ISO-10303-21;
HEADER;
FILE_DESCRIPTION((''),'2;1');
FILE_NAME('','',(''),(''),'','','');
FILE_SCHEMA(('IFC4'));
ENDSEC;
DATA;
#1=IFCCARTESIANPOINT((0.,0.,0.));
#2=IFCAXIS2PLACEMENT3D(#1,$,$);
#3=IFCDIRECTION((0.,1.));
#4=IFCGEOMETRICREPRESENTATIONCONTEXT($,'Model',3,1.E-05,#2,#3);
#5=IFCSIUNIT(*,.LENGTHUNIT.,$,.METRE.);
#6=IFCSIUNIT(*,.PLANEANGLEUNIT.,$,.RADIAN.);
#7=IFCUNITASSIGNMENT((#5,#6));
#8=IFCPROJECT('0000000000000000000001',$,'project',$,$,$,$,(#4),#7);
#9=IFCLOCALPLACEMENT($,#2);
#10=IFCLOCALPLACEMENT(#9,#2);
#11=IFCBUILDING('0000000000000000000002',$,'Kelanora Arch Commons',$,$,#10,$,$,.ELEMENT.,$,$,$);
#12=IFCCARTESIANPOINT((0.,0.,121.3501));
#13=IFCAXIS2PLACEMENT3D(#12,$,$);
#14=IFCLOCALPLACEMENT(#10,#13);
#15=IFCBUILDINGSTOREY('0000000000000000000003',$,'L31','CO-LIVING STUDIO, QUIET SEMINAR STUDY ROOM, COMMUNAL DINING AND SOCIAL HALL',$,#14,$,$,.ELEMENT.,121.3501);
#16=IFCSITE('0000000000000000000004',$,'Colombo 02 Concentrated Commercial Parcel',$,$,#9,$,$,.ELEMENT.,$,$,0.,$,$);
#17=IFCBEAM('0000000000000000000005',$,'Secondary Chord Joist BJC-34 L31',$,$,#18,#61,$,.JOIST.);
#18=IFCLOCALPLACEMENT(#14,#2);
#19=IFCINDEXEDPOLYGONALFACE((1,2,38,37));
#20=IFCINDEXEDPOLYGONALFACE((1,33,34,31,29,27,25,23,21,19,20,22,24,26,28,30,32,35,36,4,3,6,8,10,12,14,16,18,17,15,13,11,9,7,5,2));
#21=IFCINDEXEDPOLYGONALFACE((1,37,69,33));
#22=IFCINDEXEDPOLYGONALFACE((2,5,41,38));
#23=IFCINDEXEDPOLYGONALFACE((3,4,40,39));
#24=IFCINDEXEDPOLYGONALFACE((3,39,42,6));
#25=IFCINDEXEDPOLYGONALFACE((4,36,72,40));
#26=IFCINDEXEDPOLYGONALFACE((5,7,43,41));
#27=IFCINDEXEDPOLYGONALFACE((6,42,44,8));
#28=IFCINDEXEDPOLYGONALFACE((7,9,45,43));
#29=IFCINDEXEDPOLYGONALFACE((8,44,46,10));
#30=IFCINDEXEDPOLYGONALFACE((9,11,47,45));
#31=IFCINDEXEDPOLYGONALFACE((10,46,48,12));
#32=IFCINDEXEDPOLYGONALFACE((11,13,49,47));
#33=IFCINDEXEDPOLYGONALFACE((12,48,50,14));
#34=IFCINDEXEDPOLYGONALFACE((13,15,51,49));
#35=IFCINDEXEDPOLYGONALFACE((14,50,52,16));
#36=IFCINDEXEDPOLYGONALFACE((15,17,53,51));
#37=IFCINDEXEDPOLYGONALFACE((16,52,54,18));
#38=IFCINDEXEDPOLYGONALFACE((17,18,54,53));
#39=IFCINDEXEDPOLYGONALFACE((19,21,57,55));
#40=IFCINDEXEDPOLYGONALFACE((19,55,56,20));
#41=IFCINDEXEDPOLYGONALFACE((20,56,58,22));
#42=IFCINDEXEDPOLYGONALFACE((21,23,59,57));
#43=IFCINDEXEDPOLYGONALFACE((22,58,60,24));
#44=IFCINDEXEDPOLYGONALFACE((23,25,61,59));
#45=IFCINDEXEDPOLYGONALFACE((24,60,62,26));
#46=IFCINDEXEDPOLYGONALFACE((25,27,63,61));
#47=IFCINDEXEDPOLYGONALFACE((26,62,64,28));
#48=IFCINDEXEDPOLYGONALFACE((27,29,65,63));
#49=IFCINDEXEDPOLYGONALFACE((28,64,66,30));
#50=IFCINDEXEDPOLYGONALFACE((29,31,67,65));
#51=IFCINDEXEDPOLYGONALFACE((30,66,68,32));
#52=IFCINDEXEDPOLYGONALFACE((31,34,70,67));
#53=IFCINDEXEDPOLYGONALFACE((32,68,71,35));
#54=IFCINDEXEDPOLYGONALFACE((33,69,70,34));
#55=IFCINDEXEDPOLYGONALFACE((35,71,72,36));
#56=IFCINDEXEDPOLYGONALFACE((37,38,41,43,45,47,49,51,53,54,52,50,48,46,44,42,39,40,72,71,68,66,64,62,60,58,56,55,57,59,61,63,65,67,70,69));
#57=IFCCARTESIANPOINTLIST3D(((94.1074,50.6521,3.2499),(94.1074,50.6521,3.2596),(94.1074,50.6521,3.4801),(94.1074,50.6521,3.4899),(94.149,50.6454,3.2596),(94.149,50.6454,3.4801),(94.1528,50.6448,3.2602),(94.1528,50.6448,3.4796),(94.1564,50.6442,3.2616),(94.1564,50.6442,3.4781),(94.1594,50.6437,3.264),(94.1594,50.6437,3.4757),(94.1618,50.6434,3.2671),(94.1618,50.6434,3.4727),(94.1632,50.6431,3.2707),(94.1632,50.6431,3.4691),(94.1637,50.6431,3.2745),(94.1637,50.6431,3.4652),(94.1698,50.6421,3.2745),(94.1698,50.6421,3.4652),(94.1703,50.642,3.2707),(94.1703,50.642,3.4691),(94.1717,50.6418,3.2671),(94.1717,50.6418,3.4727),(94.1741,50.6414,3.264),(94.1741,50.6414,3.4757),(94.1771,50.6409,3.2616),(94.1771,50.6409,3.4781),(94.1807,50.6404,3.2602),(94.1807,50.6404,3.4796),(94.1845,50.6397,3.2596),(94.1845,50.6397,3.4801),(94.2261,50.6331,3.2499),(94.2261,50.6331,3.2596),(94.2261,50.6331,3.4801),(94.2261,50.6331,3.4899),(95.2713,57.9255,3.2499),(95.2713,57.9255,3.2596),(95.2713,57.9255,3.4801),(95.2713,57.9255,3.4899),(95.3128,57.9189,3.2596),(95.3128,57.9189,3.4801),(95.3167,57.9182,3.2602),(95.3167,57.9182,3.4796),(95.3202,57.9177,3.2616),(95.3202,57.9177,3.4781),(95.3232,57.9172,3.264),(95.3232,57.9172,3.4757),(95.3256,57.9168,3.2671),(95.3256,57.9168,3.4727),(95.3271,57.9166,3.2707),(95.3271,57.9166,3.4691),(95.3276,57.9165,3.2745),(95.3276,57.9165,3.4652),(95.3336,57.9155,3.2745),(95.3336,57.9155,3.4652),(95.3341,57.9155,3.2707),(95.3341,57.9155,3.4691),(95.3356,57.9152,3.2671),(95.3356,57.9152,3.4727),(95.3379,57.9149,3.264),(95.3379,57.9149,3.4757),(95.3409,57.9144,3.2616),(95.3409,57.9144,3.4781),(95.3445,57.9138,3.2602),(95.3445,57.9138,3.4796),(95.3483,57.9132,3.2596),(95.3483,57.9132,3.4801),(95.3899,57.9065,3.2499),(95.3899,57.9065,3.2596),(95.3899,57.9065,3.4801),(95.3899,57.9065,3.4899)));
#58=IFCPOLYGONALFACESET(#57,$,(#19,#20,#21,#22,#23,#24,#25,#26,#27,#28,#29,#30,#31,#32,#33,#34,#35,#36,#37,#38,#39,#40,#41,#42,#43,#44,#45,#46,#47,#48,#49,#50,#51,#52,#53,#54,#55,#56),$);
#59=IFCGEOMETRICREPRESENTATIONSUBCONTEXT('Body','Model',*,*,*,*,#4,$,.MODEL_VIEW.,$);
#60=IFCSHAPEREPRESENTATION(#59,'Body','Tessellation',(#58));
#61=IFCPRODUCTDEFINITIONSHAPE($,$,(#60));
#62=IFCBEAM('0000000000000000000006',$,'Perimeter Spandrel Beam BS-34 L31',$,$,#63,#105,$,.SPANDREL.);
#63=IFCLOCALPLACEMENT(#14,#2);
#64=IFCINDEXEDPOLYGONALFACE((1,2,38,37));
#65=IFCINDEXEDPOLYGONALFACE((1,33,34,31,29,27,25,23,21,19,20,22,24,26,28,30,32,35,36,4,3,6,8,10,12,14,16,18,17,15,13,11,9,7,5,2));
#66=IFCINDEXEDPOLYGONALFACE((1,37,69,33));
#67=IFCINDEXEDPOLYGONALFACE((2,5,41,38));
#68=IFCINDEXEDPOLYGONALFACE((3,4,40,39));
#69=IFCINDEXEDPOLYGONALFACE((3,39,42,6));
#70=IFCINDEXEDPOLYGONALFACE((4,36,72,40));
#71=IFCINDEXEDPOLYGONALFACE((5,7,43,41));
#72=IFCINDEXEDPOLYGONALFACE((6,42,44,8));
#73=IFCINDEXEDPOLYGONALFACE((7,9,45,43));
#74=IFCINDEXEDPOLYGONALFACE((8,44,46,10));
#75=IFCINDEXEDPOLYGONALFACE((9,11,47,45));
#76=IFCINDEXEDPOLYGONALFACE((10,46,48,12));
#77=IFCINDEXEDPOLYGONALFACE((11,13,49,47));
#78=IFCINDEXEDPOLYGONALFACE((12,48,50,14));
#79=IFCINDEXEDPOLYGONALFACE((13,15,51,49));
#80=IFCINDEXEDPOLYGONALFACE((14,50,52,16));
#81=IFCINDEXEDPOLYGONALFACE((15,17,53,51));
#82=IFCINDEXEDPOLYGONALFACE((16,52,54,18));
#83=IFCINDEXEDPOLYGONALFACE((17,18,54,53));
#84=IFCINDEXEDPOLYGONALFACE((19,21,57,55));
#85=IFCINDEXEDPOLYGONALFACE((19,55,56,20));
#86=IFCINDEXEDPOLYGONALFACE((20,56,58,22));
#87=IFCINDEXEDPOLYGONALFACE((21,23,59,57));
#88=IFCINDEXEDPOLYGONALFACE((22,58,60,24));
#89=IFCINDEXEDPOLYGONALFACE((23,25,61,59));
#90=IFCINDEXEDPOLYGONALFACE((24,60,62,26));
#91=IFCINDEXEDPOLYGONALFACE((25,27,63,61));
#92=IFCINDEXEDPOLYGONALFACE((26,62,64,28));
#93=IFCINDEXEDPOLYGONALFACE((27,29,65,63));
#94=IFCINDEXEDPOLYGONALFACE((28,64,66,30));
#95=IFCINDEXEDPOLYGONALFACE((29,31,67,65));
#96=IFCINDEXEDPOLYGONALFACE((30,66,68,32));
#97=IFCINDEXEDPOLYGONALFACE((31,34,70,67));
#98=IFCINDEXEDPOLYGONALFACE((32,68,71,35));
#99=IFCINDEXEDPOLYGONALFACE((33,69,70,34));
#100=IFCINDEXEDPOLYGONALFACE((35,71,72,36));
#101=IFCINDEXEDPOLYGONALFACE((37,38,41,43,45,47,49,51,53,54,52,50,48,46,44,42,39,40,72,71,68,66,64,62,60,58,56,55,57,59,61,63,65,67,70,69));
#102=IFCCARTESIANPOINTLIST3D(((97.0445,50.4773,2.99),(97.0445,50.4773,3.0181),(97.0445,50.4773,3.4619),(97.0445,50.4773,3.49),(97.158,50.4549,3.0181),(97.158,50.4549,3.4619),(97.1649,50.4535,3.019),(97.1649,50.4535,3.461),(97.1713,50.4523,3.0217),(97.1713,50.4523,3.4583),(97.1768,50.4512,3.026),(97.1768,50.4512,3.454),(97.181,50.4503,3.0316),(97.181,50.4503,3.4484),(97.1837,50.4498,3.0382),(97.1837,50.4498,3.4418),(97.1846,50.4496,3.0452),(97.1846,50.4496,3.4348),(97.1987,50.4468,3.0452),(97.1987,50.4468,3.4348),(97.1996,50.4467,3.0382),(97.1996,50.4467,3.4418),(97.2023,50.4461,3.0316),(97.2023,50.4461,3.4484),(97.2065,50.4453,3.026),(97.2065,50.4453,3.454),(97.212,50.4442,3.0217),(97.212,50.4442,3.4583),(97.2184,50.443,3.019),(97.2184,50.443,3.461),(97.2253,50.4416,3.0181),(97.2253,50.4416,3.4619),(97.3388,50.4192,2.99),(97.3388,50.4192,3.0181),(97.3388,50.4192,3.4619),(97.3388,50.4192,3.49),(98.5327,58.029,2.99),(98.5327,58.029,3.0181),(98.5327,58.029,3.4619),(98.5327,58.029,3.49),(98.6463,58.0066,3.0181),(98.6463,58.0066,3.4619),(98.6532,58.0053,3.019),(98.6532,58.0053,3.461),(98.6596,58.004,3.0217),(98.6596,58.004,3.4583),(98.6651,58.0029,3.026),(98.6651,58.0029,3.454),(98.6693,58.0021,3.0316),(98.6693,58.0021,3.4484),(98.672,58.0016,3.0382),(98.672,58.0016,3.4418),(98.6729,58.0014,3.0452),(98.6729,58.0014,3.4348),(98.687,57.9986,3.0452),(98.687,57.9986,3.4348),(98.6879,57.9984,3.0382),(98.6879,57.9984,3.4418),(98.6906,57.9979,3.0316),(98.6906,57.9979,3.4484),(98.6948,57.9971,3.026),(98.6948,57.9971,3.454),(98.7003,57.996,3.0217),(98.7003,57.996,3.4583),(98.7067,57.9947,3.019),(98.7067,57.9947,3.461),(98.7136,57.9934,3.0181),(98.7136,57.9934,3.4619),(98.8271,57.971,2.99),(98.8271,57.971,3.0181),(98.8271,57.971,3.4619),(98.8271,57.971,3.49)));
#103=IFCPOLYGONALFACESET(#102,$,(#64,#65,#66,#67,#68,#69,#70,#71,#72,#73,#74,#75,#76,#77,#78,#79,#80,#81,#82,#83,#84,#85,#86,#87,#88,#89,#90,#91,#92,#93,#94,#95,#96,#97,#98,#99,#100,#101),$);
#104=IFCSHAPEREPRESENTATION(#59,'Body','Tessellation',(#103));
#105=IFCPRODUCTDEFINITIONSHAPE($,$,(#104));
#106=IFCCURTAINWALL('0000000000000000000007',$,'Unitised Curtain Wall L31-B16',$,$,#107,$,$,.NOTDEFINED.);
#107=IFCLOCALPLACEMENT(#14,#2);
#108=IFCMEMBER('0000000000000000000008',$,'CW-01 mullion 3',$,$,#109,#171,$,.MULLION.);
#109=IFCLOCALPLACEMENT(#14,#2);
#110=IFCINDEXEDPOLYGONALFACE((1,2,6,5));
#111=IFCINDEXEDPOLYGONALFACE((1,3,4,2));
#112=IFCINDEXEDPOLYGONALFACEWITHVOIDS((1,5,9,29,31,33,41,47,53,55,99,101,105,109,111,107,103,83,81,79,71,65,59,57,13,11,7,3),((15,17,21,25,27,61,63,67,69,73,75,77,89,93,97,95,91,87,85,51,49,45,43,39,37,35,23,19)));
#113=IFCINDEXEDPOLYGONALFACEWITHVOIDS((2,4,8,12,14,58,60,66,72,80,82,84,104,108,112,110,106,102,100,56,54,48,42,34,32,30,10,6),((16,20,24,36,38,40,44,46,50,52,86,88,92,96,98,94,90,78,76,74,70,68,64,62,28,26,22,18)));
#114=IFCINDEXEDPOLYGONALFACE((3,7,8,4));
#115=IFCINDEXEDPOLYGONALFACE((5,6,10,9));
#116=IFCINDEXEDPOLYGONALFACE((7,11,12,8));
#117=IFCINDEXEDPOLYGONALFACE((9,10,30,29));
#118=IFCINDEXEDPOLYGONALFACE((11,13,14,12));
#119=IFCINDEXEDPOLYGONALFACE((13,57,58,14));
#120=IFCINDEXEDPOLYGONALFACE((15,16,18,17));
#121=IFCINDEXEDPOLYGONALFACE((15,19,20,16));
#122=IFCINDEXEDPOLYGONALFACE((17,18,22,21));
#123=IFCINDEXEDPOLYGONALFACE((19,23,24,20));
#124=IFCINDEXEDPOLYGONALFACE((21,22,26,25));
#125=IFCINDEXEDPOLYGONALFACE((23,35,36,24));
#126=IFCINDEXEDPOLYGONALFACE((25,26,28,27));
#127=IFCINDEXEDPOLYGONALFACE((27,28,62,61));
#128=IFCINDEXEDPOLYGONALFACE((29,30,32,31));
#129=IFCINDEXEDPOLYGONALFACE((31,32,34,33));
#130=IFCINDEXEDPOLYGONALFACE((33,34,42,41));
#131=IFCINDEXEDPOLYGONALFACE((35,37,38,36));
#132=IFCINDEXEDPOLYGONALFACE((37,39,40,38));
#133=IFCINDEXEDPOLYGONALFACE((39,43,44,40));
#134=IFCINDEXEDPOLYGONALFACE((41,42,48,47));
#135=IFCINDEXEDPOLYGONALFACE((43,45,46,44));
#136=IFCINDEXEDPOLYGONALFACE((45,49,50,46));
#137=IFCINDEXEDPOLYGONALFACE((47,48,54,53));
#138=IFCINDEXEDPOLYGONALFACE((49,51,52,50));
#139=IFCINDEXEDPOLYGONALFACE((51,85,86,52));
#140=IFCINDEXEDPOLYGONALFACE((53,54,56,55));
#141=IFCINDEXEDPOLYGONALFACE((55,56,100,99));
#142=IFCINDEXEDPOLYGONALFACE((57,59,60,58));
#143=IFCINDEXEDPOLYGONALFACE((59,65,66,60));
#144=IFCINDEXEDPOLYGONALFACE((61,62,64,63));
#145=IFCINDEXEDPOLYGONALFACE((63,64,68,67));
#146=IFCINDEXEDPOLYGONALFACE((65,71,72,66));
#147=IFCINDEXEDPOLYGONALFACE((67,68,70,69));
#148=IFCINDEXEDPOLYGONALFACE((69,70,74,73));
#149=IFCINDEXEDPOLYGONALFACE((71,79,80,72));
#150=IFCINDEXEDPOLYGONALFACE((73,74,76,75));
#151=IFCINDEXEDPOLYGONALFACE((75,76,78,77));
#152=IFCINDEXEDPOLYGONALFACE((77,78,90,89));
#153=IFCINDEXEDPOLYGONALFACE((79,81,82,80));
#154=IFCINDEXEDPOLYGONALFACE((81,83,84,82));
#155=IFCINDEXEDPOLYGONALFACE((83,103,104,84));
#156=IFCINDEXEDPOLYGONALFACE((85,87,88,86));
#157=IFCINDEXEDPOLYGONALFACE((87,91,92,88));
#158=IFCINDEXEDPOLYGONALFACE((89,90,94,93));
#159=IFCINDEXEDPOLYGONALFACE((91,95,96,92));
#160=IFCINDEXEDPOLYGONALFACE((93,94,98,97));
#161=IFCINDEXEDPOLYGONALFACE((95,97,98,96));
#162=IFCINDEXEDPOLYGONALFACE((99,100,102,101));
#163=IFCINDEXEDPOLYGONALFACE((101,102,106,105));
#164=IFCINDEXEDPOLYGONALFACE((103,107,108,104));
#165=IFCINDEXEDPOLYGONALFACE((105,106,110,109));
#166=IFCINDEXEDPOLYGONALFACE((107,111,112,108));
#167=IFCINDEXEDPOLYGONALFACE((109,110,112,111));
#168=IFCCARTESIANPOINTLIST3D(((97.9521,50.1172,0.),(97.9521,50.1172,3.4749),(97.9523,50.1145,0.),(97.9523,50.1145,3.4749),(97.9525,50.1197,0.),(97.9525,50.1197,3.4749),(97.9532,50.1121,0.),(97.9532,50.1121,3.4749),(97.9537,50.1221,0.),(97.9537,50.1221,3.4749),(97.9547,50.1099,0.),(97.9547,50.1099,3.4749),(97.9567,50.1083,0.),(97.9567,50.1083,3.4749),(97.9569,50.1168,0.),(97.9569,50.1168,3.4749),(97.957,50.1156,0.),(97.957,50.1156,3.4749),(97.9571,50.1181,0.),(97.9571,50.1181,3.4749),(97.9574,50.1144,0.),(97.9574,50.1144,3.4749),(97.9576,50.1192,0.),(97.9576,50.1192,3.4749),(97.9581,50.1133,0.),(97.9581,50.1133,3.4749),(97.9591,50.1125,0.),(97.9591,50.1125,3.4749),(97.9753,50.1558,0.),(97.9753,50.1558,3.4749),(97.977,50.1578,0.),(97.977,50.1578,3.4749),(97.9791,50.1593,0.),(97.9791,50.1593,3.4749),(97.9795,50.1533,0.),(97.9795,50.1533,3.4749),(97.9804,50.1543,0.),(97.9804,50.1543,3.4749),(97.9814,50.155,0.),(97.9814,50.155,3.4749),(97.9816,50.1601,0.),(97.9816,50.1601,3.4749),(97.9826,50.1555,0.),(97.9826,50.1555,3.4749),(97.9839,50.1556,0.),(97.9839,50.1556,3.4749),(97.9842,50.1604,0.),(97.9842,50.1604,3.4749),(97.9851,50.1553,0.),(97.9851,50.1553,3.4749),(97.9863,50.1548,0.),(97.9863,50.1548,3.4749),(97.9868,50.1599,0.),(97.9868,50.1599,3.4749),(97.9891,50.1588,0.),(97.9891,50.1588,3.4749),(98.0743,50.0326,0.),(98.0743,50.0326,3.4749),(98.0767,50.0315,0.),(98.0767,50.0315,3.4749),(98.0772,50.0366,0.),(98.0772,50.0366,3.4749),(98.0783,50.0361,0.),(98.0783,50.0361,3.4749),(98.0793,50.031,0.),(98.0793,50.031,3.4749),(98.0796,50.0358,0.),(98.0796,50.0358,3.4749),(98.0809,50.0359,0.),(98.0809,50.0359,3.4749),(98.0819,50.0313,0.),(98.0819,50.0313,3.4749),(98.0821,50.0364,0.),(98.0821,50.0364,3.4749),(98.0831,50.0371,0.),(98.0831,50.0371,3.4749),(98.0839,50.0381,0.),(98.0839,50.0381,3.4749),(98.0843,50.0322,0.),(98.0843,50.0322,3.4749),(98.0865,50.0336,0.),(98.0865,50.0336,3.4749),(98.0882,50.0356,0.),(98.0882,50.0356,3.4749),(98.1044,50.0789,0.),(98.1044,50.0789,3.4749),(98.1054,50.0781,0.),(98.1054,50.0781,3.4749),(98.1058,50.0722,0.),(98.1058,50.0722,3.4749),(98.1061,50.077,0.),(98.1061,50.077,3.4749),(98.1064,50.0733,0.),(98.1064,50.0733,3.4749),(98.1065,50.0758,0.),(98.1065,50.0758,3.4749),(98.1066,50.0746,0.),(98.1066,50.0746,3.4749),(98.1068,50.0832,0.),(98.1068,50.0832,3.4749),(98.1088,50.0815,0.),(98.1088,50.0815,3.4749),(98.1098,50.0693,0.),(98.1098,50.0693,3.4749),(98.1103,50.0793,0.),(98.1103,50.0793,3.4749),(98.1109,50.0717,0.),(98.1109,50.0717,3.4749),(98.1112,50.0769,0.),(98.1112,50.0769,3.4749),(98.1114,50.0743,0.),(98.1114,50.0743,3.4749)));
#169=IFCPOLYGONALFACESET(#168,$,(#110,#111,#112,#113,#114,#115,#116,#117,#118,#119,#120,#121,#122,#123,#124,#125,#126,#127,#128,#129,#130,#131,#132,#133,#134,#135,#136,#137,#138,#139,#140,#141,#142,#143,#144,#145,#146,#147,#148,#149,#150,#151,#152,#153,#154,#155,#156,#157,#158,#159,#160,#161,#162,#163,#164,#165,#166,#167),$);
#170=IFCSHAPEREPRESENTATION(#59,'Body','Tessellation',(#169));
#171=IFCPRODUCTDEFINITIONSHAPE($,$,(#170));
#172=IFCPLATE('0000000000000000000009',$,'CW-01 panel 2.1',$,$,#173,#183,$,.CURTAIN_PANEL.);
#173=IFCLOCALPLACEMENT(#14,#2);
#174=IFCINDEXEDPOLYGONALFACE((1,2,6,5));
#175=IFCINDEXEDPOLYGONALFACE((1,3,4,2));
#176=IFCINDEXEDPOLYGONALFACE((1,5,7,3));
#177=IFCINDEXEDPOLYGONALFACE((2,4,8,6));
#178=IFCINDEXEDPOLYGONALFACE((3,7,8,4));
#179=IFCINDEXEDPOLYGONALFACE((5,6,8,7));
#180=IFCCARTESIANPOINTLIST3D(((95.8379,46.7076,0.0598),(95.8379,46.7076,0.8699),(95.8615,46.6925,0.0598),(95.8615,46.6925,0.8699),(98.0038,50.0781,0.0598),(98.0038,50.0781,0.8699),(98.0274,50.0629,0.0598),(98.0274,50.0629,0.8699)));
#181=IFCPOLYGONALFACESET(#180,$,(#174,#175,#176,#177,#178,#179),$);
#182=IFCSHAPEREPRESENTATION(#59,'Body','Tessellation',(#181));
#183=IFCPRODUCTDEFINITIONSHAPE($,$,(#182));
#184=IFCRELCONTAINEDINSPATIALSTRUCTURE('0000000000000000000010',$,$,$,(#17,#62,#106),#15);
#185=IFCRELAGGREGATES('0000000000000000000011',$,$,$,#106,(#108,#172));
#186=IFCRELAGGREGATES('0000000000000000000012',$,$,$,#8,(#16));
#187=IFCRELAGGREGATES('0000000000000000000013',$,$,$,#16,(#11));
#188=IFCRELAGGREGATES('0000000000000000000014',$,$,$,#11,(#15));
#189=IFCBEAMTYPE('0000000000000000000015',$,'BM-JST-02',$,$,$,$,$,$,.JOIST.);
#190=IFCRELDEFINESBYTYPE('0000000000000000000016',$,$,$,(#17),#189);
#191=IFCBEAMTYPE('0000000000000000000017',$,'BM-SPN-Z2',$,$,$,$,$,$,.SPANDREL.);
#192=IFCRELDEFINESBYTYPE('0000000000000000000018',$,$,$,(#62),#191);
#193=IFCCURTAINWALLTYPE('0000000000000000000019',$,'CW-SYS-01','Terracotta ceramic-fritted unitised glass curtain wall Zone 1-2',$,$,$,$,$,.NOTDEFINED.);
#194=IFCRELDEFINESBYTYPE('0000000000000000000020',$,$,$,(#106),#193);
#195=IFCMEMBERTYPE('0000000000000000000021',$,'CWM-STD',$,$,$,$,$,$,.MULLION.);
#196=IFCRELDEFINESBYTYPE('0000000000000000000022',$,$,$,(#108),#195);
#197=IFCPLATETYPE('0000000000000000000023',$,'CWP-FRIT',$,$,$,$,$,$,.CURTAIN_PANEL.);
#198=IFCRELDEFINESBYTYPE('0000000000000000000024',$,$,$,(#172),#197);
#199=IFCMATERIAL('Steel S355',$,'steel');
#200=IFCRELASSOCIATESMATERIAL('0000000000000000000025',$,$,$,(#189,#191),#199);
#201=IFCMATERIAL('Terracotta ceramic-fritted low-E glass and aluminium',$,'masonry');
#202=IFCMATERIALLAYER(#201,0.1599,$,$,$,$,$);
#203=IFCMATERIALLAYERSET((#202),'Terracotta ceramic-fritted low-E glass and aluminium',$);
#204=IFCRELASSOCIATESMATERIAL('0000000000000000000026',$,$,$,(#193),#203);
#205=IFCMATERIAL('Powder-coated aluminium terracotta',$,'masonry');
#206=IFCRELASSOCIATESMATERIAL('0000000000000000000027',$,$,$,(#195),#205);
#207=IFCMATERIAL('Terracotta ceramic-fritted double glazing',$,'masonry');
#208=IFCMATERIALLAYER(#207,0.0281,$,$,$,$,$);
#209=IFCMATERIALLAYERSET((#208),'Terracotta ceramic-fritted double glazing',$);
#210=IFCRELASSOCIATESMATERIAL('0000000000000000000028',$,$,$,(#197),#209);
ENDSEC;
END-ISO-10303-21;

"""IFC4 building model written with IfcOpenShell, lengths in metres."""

from ifc_helpers import new_model, si_unit, direction, frame, origin, origin_2d, place, context, subcontext, project, spatial, rectangle, hollow_rectangle, i_section, extrude, source, transform, mapped, material, layer, layer_set, material_profile, profile_set, type_object, element, aggregate, save


model = new_model("IFC4")

# Units and contexts
model_context = context("Model", 3, precision=1e-05, world=origin(), true_north=direction((0.0, 1.0)))
body_context = subcontext(model_context, "Body", "Model", "MODEL_VIEW")
ifc_project = project(units=[si_unit("LENGTHUNIT", "METRE"), si_unit("PLANEANGLEUNIT", "RADIAN")], contexts=[model_context])

# Site, building, storey
site_placement = place(None, origin())
site = spatial("IfcSite", under=ifc_project, at=site_placement, Name="Colombo 02 Concentrated Commercial Parcel", CompositionType="ELEMENT", RefElevation=0.0)
building_placement = place(site_placement, origin())
building = spatial("IfcBuilding", under=site, at=building_placement, Name="Kelanora Arch Commons", CompositionType="ELEMENT")
storey_placement = place(building_placement, frame((0.0, 0.0, 121.3501)))
storey = spatial("IfcBuildingStorey", under=building, at=storey_placement, Name="L31", Description="CO-LIVING STUDIO, QUIET SEMINAR STUDY ROOM, COMMUNAL DINING AND SOCIAL HALL", CompositionType="ELEMENT", Elevation=121.3501)

# Beams
ifc_material_1 = material(Name="Steel S355", Category="steel")
ifc_material_profile_1 = material_profile(ifc_material_1, i_section(OverallWidth=0.1201, OverallDepth=0.24, WebThickness=0.0061, FlangeThickness=0.0098, FilletRadius=0.0149, at=origin_2d()), Name="IPE240")
ifc_profile_set_1 = profile_set([ifc_material_profile_1], Name="Steel S355")
beam_type_1 = type_object("IfcBeamType", Name="BM-JST-02", PredefinedType="JOIST", material=ifc_profile_set_1)
beam_1_placement = place(storey_placement, frame((94.1667, 50.6426, 3.3699), z_axis=(0.158, 0.987439, 0.0), x_axis=(-0.987439, 0.158, 0.0)))
element("IfcBeam", 1, at=beam_1_placement, inside=storey, type_object=beam_type_1, Name="Secondary Chord Joist BJC-34 L31", PredefinedType="JOIST", context=body_context, shape_type="SweptSolid", body=[
    extrude(i_section(OverallWidth=0.1201, OverallDepth=0.24, WebThickness=0.0061, FlangeThickness=0.0098, FilletRadius=0.0149, at=origin_2d()), origin(), (0.0, 0.0, 1.0), 7.366),
])
ifc_material_profile_2 = material_profile(ifc_material_1, i_section(OverallWidth=0.3, OverallDepth=0.5, WebThickness=0.0144, FlangeThickness=0.0281, FilletRadius=0.0271, at=origin_2d()), Name="HEB500")
ifc_profile_set_2 = profile_set([ifc_material_profile_2], Name="Steel S355")
beam_type_2 = type_object("IfcBeamType", Name="BM-SPN-Z2", PredefinedType="SPANDREL", material=ifc_profile_set_2)
beam_2_placement = place(storey_placement, frame((97.1917, 50.4482, 3.24), z_axis=(0.193358, 0.981128, 0.0), x_axis=(-0.981128, 0.193358, 0.0)))
element("IfcBeam", 2, at=beam_2_placement, inside=storey, type_object=beam_type_2, Name="Perimeter Spandrel Beam BS-34 L31", PredefinedType="SPANDREL", context=body_context, shape_type="SweptSolid", body=[
    extrude(i_section(OverallWidth=0.3, OverallDepth=0.5, WebThickness=0.0144, FlangeThickness=0.0281, FilletRadius=0.0271, at=origin_2d()), origin(), (0.0, 0.0, 1.0), 7.697),
])

# Curtain wall, member, plate
ifc_material_2 = material(Name="Terracotta ceramic-fritted low-E glass and aluminium", Category="masonry")
ifc_layer_1 = layer(ifc_material_2, 0.1599)
ifc_layer_set_1 = layer_set([ifc_layer_1], Name="Terracotta ceramic-fritted low-E glass and aluminium")
curtain_wall_type = type_object("IfcCurtainWallType", Name="CW-SYS-01", Description="Terracotta ceramic-fritted unitised glass curtain wall Zone 1-2", PredefinedType="NOTDEFINED", material=ifc_layer_set_1)
curtain_wall_placement = place(storey_placement, origin())
curtain_wall = element("IfcCurtainWall", 3, at=curtain_wall_placement, inside=storey, type_object=curtain_wall_type, Name="Unitised Curtain Wall L31-B16", PredefinedType="NOTDEFINED")
ifc_material_3 = material(Name="Powder-coated aluminium terracotta", Category="masonry")
ifc_material_profile_3 = material_profile(ifc_material_3, hollow_rectangle(XDim=0.1599, YDim=0.0601, WallThickness=0.0049, InnerFilletRadius=0.0049, OuterFilletRadius=0.01, at=origin_2d()), Name="CWM160x60")
ifc_profile_set_3 = profile_set([ifc_material_profile_3], Name="Powder-coated aluminium terracotta")
member_type = type_object("IfcMemberType", Name="CWM-STD", PredefinedType="MULLION", material=ifc_profile_set_3)
member_placement = place(storey_placement, frame((98.0317, 50.0957, 0.0), z_axis=(0.0, 0.0, 1.0), x_axis=(-0.841269, 0.540617, 0.0)))
member = element("IfcMember", 4, at=member_placement, type_object=member_type, Name="CW-01 mullion 3", PredefinedType="MULLION", context=body_context, shape_type="SweptSolid", body=[
    extrude(hollow_rectangle(XDim=0.1599, YDim=0.0601, WallThickness=0.0049, InnerFilletRadius=0.0049, OuterFilletRadius=0.01, at=origin_2d()), origin(), (0.0, 0.0, 1.0), 3.4749),
])
ifc_material_4 = material(Name="Terracotta ceramic-fritted double glazing", Category="masonry")
ifc_layer_2 = layer(ifc_material_4, 0.0281)
ifc_layer_set_2 = layer_set([ifc_layer_2], Name="Terracotta ceramic-fritted double glazing")
plate_type = type_object("IfcPlateType", Name="CWP-FRIT", PredefinedType="CURTAIN_PANEL", material=ifc_layer_set_2)
shared_shape_1 = source(origin(), body_context, "Body", "SweptSolid", [
    extrude(rectangle(XDim=4.0063, YDim=0.0281, at=origin_2d()), origin(), (0.0, 0.0, 1.0), 0.8101),
])
plate_1_placement = place(storey_placement, frame((96.9326, 48.3853, 0.0598), z_axis=(0.0, 0.0, 1.0), x_axis=(0.540617, 0.841269, 0.0)))
plate_1 = element("IfcPlate", 5, at=plate_1_placement, type_object=plate_type, Name="CW-01 panel 2.1", PredefinedType="CURTAIN_PANEL", context=body_context, shape_type="MappedRepresentation", body=[
    mapped(shared_shape_1, transform((0.0, 0.0, 0.0), scale=1.0)),
])
aggregate(curtain_wall, [member, plate_1])

save(model, "model.ifc")
